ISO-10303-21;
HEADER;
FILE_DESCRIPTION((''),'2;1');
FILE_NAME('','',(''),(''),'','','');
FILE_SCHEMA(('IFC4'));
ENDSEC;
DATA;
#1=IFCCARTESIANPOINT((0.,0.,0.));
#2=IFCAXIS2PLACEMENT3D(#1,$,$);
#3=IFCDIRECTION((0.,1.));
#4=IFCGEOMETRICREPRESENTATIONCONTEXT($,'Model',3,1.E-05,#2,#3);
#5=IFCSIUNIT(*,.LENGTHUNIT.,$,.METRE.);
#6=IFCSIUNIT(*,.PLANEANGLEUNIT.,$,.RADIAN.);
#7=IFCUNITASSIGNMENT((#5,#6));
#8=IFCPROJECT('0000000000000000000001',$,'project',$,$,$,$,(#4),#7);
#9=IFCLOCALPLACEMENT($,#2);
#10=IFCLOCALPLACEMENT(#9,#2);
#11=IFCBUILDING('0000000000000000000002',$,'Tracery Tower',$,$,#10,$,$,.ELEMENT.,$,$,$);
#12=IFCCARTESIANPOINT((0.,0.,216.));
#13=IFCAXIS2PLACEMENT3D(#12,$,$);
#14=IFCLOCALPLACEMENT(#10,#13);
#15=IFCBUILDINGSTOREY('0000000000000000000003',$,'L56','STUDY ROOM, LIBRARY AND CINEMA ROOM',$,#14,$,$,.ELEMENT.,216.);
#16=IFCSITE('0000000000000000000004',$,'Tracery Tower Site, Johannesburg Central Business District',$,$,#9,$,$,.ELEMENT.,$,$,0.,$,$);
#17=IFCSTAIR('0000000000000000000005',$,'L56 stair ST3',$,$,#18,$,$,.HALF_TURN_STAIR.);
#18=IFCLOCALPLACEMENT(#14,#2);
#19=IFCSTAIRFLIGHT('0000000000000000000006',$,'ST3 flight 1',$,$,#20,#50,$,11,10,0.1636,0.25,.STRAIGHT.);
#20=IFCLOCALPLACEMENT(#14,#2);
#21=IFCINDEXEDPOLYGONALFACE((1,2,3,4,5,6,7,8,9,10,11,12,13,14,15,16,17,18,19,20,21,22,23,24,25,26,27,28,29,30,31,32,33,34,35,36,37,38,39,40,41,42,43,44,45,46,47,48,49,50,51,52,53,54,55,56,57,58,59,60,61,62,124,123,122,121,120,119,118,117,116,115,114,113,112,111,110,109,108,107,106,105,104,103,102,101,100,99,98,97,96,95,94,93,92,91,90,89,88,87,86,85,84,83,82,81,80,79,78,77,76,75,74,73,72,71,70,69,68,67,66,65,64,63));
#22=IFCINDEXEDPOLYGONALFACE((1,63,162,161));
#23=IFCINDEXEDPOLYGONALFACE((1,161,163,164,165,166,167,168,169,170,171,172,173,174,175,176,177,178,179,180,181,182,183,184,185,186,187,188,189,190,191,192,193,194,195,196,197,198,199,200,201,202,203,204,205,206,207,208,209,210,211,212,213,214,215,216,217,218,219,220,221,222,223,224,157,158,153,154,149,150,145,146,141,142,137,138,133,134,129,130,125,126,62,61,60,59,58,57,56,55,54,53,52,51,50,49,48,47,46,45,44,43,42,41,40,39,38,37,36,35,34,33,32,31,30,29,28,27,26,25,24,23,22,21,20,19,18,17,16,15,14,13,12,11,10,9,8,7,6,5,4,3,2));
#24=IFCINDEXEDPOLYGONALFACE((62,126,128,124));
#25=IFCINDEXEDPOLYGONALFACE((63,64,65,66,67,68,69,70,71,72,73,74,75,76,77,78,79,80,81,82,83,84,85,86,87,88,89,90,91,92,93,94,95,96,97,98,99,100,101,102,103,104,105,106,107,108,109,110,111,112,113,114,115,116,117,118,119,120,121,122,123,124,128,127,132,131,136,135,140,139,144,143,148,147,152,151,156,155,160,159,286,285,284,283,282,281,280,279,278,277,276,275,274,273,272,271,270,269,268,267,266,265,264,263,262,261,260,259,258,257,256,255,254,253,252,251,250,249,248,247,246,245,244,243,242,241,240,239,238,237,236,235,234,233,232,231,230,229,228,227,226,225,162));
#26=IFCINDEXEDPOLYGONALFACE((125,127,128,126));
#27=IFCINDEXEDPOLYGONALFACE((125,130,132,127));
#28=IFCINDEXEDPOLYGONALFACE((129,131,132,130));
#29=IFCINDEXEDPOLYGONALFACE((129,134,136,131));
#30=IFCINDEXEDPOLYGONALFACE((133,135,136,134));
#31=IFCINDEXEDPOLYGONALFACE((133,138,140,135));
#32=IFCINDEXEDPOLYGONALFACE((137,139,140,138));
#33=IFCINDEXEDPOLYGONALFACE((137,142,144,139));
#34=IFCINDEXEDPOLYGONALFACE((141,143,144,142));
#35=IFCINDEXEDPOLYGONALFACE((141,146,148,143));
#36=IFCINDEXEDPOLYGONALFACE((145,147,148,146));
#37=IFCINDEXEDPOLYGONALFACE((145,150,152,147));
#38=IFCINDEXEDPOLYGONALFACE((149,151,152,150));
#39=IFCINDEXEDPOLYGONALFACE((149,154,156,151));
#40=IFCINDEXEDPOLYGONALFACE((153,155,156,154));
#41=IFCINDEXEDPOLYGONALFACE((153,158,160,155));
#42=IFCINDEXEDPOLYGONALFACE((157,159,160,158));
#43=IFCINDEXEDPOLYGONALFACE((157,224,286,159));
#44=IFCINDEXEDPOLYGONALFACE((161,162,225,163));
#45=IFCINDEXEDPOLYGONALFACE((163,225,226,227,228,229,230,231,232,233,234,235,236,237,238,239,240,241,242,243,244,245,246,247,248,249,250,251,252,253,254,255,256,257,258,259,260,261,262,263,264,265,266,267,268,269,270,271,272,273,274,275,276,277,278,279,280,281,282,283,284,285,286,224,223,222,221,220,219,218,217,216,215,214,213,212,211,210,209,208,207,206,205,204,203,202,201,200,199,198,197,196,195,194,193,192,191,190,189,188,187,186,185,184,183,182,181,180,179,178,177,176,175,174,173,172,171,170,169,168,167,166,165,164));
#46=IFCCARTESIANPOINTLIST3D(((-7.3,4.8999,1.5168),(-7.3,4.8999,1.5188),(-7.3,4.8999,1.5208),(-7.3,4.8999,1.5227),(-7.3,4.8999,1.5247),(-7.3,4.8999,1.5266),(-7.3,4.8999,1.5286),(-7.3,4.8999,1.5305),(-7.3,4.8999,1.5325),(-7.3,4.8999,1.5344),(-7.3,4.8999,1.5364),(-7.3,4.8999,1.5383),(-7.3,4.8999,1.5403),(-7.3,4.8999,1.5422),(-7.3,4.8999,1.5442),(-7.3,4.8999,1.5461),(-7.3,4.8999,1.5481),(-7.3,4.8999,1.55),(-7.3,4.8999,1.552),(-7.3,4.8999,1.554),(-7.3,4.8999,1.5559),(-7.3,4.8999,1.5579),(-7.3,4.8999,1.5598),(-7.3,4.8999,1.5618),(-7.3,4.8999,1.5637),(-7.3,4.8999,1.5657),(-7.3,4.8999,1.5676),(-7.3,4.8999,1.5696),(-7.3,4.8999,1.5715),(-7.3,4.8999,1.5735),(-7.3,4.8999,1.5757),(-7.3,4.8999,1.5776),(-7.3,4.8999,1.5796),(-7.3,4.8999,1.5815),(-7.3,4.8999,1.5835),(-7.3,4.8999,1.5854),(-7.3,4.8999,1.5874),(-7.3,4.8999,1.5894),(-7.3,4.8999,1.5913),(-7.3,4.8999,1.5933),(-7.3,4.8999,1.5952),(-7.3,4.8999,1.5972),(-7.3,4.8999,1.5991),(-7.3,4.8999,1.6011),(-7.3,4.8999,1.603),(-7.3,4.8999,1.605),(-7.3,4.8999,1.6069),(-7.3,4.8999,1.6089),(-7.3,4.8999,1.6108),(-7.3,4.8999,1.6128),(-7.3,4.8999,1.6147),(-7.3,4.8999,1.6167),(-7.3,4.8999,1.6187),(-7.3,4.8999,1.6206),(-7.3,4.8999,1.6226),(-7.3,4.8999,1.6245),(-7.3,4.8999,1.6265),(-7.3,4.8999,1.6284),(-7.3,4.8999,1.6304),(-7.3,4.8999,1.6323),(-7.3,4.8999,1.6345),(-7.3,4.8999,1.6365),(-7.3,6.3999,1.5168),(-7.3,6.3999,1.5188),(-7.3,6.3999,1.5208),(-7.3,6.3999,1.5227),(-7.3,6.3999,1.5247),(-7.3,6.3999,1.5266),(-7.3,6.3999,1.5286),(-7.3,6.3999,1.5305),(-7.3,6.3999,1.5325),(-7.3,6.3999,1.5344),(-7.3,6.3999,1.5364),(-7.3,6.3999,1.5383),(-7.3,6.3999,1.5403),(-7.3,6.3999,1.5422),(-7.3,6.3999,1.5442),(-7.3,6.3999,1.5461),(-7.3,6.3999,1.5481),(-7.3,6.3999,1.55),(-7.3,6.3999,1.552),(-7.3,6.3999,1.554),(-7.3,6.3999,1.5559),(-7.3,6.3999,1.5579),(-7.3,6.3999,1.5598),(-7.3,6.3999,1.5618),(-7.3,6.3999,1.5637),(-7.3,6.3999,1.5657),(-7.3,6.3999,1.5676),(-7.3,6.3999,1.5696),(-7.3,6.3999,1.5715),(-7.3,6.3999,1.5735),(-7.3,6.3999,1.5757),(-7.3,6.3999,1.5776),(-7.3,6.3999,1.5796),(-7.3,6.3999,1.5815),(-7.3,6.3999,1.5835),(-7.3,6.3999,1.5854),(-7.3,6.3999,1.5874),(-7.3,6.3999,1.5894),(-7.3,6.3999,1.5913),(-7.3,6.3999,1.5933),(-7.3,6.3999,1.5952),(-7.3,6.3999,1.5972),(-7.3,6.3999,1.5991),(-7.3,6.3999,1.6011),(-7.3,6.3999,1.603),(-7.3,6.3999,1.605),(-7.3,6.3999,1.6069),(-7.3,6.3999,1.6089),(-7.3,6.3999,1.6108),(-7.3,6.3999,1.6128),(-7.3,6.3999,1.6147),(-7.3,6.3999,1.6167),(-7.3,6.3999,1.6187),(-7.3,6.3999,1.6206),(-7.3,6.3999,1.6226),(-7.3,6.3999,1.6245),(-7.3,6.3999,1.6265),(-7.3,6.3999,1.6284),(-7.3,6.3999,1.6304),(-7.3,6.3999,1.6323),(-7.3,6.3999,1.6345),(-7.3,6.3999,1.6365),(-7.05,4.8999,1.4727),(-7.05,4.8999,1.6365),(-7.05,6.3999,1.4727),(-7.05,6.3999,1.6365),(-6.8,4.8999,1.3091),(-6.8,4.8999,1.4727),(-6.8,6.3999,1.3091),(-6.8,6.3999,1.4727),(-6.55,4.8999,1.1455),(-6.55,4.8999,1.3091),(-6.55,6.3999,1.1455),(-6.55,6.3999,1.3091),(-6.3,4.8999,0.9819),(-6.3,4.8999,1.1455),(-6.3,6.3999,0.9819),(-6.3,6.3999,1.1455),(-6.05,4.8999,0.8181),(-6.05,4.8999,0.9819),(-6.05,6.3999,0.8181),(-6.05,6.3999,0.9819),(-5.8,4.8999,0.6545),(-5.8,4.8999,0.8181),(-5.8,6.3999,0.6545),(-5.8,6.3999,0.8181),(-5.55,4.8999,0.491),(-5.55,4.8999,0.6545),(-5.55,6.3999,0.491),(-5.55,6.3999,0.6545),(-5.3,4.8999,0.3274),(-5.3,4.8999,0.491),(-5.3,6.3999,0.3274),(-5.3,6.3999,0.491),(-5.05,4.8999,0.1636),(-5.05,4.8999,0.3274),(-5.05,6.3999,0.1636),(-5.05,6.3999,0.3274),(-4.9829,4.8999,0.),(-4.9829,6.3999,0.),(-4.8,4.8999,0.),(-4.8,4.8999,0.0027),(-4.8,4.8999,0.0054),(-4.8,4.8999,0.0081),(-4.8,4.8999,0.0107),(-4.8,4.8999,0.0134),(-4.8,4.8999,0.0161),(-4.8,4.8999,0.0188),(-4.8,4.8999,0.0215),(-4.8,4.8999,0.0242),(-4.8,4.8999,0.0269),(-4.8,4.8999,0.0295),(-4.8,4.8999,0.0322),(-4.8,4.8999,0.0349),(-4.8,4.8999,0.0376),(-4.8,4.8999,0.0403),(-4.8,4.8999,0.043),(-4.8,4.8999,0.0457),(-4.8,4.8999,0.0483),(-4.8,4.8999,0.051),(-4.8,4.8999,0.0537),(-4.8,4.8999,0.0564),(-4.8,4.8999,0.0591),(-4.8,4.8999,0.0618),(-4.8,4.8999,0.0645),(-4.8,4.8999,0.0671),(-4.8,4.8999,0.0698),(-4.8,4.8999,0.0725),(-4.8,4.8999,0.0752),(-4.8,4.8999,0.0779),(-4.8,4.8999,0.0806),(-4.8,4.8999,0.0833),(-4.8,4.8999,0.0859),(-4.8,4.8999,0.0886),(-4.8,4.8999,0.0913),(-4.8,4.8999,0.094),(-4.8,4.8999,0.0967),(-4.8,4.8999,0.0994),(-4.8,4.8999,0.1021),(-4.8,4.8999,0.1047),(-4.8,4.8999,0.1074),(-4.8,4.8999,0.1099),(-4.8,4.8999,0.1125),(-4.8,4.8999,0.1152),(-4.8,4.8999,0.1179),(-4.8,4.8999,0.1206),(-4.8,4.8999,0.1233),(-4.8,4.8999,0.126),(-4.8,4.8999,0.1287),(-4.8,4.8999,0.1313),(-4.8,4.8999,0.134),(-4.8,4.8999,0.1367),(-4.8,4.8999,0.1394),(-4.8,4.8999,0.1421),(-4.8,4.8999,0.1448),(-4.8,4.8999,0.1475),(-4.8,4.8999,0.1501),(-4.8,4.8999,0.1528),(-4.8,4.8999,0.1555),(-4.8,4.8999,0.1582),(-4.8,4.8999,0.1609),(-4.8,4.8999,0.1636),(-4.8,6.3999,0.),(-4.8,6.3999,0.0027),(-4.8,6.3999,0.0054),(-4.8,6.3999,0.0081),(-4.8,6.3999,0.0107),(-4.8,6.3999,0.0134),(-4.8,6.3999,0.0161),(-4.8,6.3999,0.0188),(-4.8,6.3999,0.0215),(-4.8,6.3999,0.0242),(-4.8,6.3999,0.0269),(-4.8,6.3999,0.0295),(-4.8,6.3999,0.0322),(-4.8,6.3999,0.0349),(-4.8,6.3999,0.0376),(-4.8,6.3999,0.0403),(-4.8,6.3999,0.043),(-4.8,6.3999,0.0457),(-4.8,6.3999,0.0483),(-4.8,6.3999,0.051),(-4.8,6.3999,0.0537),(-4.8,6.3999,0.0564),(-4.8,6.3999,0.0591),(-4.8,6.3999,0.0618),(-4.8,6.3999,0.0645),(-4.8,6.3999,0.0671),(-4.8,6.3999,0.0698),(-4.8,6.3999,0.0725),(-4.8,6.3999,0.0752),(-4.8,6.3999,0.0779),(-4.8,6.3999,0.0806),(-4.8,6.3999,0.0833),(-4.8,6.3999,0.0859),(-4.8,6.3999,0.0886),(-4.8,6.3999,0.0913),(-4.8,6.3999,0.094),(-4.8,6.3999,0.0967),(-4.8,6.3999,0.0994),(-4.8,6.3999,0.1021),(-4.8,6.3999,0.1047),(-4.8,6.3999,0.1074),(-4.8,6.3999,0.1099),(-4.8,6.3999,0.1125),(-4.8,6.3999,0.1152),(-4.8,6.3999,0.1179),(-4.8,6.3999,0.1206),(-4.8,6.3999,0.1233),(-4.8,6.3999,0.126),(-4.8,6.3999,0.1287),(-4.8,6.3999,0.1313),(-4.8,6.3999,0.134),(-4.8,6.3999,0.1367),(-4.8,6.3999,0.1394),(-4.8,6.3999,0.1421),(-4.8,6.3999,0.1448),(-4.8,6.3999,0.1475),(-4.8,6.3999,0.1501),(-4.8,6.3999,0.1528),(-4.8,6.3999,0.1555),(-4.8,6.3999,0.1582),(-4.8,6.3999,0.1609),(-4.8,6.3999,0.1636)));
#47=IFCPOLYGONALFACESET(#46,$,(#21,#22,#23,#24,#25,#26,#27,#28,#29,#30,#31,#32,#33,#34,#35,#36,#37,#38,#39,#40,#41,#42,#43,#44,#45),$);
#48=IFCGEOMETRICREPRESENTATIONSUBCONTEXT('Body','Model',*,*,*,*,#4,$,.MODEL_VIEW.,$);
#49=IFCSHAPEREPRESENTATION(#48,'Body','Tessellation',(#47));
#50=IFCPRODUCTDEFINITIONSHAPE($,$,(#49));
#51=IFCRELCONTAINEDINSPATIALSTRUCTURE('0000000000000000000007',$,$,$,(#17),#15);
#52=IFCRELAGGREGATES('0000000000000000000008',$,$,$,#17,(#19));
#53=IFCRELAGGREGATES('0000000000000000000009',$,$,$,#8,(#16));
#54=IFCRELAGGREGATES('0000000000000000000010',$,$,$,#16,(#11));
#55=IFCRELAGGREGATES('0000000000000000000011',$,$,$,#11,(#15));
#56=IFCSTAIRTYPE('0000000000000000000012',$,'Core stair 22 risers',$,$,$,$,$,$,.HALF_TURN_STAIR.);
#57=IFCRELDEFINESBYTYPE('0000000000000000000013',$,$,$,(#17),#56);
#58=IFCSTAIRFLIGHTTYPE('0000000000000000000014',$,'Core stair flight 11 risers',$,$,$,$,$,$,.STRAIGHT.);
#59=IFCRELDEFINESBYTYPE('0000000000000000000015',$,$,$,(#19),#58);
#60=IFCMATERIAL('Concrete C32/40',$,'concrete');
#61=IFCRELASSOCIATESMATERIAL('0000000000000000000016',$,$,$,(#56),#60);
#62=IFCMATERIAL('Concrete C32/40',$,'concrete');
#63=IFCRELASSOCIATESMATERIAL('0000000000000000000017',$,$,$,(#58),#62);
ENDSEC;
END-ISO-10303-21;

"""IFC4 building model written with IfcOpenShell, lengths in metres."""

from ifc_helpers import new_model, si_unit, direction, frame, origin, place, context, subcontext, project, spatial, polyline, outline, extrude, material, type_object, element, aggregate, save


model = new_model("IFC4")

# Units and contexts
model_context = context("Model", 3, precision=1e-05, world=origin(), true_north=direction((0.0, 1.0)))
body_context = subcontext(model_context, "Body", "Model", "MODEL_VIEW")
ifc_project = project(units=[si_unit("LENGTHUNIT", "METRE"), si_unit("PLANEANGLEUNIT", "RADIAN")], contexts=[model_context])

# Site, building, storey
site_placement = place(None, origin())
site = spatial("IfcSite", under=ifc_project, at=site_placement, Name="Tracery Tower Site, Johannesburg Central Business District", CompositionType="ELEMENT", RefElevation=0.0)
building_placement = place(site_placement, origin())
building = spatial("IfcBuilding", under=site, at=building_placement, Name="Tracery Tower", CompositionType="ELEMENT")
storey_placement = place(building_placement, frame((0.0, 0.0, 216.0)))
storey = spatial("IfcBuildingStorey", under=building, at=storey_placement, Name="L56", Description="STUDY ROOM, LIBRARY AND CINEMA ROOM", CompositionType="ELEMENT", Elevation=216.0)

# Stair
ifc_material_1 = material(Name="Concrete C32/40", Category="concrete")
stair_type = type_object("IfcStairType", Name="Core stair 22 risers", PredefinedType="HALF_TURN_STAIR", material=ifc_material_1)
stair_1_placement = place(storey_placement, origin())
stair_1 = element("IfcStair", 1, at=stair_1_placement, inside=storey, type_object=stair_type, Name="L56 stair ST3", PredefinedType="HALF_TURN_STAIR")

# Stair flight
ifc_material_2 = material(Name="Concrete C32/40", Category="concrete")
stair_flight_type = type_object("IfcStairFlightType", Name="Core stair flight 11 risers", PredefinedType="STRAIGHT", material=ifc_material_2)
stair_flight_1_placement = place(storey_placement, frame((-4.8, 5.6499, 0.0), z_axis=(0.0, 0.0, 1.0), x_axis=(-1.0, 0.0, 0.0)))
stair_flight_1 = element("IfcStairFlight", 2, at=stair_flight_1_placement, type_object=stair_flight_type, Name="ST3 flight 1", NumberOfRisers=11, NumberOfTreads=10, PredefinedType="STRAIGHT", RiserHeight=0.1636, TreadLength=0.25, context=body_context, shape_type="SweptSolid", body=[
    extrude(outline(polyline([(0.0, 0.0), (0.0, 0.0027), (0.0, 0.0054), (0.0, 0.0081), (0.0, 0.0107), (0.0, 0.0134), (0.0, 0.0161), (0.0, 0.0188), (0.0, 0.0215), (0.0, 0.0242), (0.0, 0.0269), (0.0, 0.0295), (0.0, 0.0322), (0.0, 0.0349), (0.0, 0.0376), (0.0, 0.0403), (0.0, 0.043), (0.0, 0.0457), (0.0, 0.0483), (0.0, 0.051), (0.0, 0.0537), (0.0, 0.0564), (0.0, 0.0591), (0.0, 0.0618), (0.0, 0.0645), (0.0, 0.0671), (0.0, 0.0698), (0.0, 0.0725), (0.0, 0.0752), (0.0, 0.0779), (0.0, 0.0806), (0.0, 0.0833), (0.0, 0.0859), (0.0, 0.0886), (0.0, 0.0913), (0.0, 0.094), (0.0, 0.0967), (0.0, 0.0994), (0.0, 0.1021), (0.0, 0.1047), (0.0, 0.1074), (0.0, 0.1099), (0.0, 0.1125), (0.0, 0.1152), (0.0, 0.1179), (0.0, 0.1206), (0.0, 0.1233), (0.0, 0.126), (0.0, 0.1287), (0.0, 0.1313), (0.0, 0.134), (0.0, 0.1367), (0.0, 0.1394), (0.0, 0.1421), (0.0, 0.1448), (0.0, 0.1475), (0.0, 0.1501), (0.0, 0.1528), (0.0, 0.1555), (0.0, 0.1582), (0.0, 0.1609), (0.0, 0.1636), (0.25, 0.1636), (0.25, 0.3274), (0.5, 0.3274), (0.5, 0.491), (0.75, 0.491), (0.75, 0.6545), (1.0, 0.6545), (1.0, 0.8181), (1.25, 0.8181), (1.25, 0.9819), (1.5, 0.9819), (1.5, 1.1455), (1.75, 1.1455), (1.75, 1.3091), (2.0, 1.3091), (2.0, 1.4727), (2.25, 1.4727), (2.25, 1.6365), (2.5, 1.6365), (2.5, 1.6345), (2.5, 1.6323), (2.5, 1.6304), (2.5, 1.6284), (2.5, 1.6265), (2.5, 1.6245), (2.5, 1.6226), (2.5, 1.6206), (2.5, 1.6187), (2.5, 1.6167), (2.5, 1.6147), (2.5, 1.6128), (2.5, 1.6108), (2.5, 1.6089), (2.5, 1.6069), (2.5, 1.605), (2.5, 1.603), (2.5, 1.6011), (2.5, 1.5991), (2.5, 1.5972), (2.5, 1.5952), (2.5, 1.5933), (2.5, 1.5913), (2.5, 1.5894), (2.5, 1.5874), (2.5, 1.5854), (2.5, 1.5835), (2.5, 1.5815), (2.5, 1.5796), (2.5, 1.5776), (2.5, 1.5757), (2.5, 1.5735), (2.5, 1.5715), (2.5, 1.5696), (2.5, 1.5676), (2.5, 1.5657), (2.5, 1.5637), (2.5, 1.5618), (2.5, 1.5598), (2.5, 1.5579), (2.5, 1.5559), (2.5, 1.554), (2.5, 1.552), (2.5, 1.55), (2.5, 1.5481), (2.5, 1.5461), (2.5, 1.5442), (2.5, 1.5422), (2.5, 1.5403), (2.5, 1.5383), (2.5, 1.5364), (2.5, 1.5344), (2.5, 1.5325), (2.5, 1.5305), (2.5, 1.5286), (2.5, 1.5266), (2.5, 1.5247), (2.5, 1.5227), (2.5, 1.5208), (2.5, 1.5188), (2.5, 1.5168), (0.1829, 0.0), (0.0, 0.0)])), frame((0.0, 0.75, 0.0), z_axis=(0.0, -1.0, 0.0), x_axis=(1.0, 0.0, 0.0)), (0.0, 0.0, 1.0), 1.5),
])
aggregate(stair_1, [stair_flight_1])

save(model, "model.ifc")
